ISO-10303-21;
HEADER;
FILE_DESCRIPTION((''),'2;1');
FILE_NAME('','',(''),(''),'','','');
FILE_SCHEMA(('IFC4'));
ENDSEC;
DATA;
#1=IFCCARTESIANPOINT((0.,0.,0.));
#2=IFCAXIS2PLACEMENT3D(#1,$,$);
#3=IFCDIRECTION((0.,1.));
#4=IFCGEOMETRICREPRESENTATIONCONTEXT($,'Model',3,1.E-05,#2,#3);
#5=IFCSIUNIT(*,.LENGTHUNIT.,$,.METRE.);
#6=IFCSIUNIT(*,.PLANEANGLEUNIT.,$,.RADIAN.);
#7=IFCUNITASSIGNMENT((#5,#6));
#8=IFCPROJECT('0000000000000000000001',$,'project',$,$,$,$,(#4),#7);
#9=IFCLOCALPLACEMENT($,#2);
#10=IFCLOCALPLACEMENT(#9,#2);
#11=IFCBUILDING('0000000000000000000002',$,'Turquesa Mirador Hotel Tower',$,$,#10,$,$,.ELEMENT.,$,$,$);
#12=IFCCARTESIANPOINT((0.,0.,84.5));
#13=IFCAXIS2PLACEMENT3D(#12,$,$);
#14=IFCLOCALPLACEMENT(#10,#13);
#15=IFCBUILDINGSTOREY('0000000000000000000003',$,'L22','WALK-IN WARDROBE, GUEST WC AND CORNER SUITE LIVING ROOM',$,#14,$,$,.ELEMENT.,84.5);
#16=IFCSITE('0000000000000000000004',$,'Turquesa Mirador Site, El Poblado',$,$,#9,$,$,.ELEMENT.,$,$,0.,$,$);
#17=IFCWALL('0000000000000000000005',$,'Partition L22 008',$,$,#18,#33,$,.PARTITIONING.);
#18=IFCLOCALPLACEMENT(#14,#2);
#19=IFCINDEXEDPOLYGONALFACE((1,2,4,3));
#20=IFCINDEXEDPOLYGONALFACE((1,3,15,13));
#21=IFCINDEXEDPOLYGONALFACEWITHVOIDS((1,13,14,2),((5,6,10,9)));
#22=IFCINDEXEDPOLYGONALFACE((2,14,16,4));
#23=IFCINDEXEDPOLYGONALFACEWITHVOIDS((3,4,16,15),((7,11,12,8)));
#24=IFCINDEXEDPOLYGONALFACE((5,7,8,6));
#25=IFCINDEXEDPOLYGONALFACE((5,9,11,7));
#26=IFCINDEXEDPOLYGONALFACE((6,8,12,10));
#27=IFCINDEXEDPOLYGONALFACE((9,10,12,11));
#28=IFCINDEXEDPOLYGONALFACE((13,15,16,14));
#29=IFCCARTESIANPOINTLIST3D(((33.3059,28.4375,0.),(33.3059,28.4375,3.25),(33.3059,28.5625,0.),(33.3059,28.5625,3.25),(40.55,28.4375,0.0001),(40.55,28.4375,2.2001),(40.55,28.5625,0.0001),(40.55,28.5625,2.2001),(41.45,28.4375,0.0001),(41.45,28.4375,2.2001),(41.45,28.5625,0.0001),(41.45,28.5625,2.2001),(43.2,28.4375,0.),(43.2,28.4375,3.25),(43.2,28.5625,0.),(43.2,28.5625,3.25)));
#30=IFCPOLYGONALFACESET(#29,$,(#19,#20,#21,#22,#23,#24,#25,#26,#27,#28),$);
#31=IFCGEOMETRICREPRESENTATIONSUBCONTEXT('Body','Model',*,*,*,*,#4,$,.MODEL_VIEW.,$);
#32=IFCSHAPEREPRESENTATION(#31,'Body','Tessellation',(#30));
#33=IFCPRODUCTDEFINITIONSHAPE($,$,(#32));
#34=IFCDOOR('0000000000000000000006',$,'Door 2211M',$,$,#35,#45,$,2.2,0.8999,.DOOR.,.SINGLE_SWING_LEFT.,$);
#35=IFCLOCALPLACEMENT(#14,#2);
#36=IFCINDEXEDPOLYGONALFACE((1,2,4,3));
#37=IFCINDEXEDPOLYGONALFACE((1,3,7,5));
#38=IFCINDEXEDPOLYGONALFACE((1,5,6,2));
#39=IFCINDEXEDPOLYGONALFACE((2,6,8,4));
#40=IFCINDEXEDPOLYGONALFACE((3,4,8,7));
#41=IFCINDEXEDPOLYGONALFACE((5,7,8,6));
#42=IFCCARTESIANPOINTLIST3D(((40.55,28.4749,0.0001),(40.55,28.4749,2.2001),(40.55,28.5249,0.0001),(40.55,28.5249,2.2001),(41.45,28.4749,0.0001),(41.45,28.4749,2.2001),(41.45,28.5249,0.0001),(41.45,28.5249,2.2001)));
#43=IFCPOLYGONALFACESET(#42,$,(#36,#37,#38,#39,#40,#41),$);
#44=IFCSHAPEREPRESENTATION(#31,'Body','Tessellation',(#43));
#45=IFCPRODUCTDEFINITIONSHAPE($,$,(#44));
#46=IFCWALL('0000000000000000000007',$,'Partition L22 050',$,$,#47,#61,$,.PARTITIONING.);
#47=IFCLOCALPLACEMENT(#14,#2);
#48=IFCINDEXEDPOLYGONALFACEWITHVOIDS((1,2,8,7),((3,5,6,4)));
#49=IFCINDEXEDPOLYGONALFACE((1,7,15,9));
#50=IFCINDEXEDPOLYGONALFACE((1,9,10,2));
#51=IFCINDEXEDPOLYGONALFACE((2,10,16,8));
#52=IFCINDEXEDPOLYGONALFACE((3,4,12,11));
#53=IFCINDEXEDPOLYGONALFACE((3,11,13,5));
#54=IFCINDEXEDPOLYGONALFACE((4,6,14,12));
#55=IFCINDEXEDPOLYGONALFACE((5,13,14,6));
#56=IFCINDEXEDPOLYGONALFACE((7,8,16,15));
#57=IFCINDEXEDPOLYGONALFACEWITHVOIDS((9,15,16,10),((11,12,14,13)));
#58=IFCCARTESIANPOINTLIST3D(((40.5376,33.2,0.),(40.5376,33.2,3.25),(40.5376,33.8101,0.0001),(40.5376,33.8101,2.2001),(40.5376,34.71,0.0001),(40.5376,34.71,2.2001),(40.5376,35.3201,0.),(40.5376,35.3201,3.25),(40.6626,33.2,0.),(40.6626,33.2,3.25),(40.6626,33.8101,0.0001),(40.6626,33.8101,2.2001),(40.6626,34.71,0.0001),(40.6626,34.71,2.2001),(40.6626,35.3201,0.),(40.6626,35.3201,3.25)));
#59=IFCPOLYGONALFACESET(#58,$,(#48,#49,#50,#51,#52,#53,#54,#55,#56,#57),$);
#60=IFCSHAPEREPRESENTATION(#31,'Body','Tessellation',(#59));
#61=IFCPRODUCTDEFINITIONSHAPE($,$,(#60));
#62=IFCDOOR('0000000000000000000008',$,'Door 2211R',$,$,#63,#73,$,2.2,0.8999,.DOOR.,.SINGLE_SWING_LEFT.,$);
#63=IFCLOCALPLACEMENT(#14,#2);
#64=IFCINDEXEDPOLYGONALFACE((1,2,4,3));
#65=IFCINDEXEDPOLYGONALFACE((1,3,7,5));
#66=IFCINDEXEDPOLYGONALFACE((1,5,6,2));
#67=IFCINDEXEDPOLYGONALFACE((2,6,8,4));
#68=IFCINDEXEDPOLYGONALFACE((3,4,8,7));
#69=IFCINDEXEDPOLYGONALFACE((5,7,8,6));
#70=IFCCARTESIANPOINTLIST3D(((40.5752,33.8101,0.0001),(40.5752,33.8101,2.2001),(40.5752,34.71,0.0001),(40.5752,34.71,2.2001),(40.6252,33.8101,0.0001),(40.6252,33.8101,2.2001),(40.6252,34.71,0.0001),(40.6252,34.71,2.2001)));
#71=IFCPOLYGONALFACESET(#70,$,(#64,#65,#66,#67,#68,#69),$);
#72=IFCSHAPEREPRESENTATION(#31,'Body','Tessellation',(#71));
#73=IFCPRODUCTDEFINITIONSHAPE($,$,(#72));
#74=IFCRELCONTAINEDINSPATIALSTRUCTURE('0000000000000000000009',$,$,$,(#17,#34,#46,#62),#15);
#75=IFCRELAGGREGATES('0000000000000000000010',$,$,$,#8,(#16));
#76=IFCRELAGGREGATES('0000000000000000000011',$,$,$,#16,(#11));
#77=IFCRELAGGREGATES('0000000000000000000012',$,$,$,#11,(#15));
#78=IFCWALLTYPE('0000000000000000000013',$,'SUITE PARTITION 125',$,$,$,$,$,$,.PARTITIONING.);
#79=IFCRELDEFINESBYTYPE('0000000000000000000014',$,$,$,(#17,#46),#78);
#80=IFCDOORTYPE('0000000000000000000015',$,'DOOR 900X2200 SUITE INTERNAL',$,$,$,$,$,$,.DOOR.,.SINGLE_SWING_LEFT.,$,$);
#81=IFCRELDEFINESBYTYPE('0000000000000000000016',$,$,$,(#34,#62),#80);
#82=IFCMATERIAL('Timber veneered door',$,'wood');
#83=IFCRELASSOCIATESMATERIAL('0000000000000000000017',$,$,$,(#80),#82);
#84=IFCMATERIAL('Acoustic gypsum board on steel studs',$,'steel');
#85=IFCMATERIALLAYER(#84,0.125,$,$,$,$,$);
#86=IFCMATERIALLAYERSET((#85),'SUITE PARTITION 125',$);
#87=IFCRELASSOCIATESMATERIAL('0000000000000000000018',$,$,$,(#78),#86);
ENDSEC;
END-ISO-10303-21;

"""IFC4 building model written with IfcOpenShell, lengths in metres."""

from ifc_helpers import new_model, si_unit, direction, frame, frame_2d, origin, place, context, subcontext, project, spatial, rectangle, extrude, material, layer, layer_set, type_object, element, fill, save


model = new_model("IFC4")

# Units and contexts
model_context = context("Model", 3, precision=1e-05, world=origin(), true_north=direction((0.0, 1.0)))
body_context = subcontext(model_context, "Body", "Model", "MODEL_VIEW")
ifc_project = project(units=[si_unit("LENGTHUNIT", "METRE"), si_unit("PLANEANGLEUNIT", "RADIAN")], contexts=[model_context])

# Site, building, storey
site_placement = place(None, origin())
site = spatial("IfcSite", under=ifc_project, at=site_placement, Name="Turquesa Mirador Site, El Poblado", CompositionType="ELEMENT", RefElevation=0.0)
building_placement = place(site_placement, origin())
building = spatial("IfcBuilding", under=site, at=building_placement, Name="Turquesa Mirador Hotel Tower", CompositionType="ELEMENT")
storey_placement = place(building_placement, frame((0.0, 0.0, 84.5)))
storey = spatial("IfcBuildingStorey", under=building, at=storey_placement, Name="L22", Description="WALK-IN WARDROBE, GUEST WC AND CORNER SUITE LIVING ROOM", CompositionType="ELEMENT", Elevation=84.5)

# Shared definitions
ifc_material_1 = material(Name="Timber veneered door", Category="wood")
door_type_1 = type_object("IfcDoorType", Name="DOOR 900X2200 SUITE INTERNAL", OperationType="SINGLE_SWING_LEFT", PredefinedType="DOOR", material=ifc_material_1)

# Walls, openings, doors
ifc_material_2 = material(Name="Acoustic gypsum board on steel studs", Category="steel")
ifc_layer_1 = layer(ifc_material_2, 0.125)
ifc_layer_set_1 = layer_set([ifc_layer_1], Name="SUITE PARTITION 125")
wall_type_1 = type_object("IfcWallType", Name="SUITE PARTITION 125", PredefinedType="PARTITIONING", material=ifc_layer_set_1)
wall_1_placement = place(storey_placement, frame((33.3059, 28.5, 0.0), z_axis=(0.0, 0.0, 1.0), x_axis=(1.0, 0.0, 0.0)))
wall_1 = element("IfcWall", 1, at=wall_1_placement, inside=storey, type_object=wall_type_1, Name="Partition L22 008", PredefinedType="PARTITIONING", context=body_context, shape_type="SweptSolid", body=[
    extrude(rectangle(XDim=9.894, YDim=0.125, at=frame_2d((4.947, 0.0))), origin(), (0.0, 0.0, 1.0), 3.25),
])
opening_1_placement = place(wall_1_placement, frame((7.2441, 0.0, 0.0)))
opening_1 = element("IfcOpeningElement", 2, at=opening_1_placement, cuts=wall_1, PredefinedType="OPENING", context=body_context, shape_type="SweptSolid", body=[
    extrude(rectangle(XDim=0.8999, YDim=2.2, at=frame_2d((0.45, 1.1001))), frame((0.0, 0.0725, 0.0), z_axis=(0.0, -1.0, 0.0), x_axis=(1.0, 0.0, 0.0)), (0.0, 0.0, 1.0), 0.145),
])
door_1_placement = place(opening_1_placement, origin())
door_1 = element("IfcDoor", 3, at=door_1_placement, inside=storey, type_object=door_type_1, Name="Door 2211M", OperationType="SINGLE_SWING_LEFT", OverallHeight=2.2, OverallWidth=0.8999, PredefinedType="DOOR", context=body_context, shape_type="SweptSolid", body=[
    extrude(rectangle(XDim=0.8999, YDim=2.2, at=frame_2d((0.45, 1.1001))), frame((0.0, 0.0249, 0.0), z_axis=(0.0, -1.0, 0.0), x_axis=(1.0, 0.0, 0.0)), (0.0, 0.0, 1.0), 0.05),
])
fill(opening_1, door_1)
wall_2_placement = place(storey_placement, frame((40.6001, 33.2, 0.0), z_axis=(0.0, 0.0, 1.0), x_axis=(0.0, 1.0, 0.0)))
wall_2 = element("IfcWall", 4, at=wall_2_placement, inside=storey, type_object=wall_type_1, Name="Partition L22 050", PredefinedType="PARTITIONING", context=body_context, shape_type="SweptSolid", body=[
    extrude(rectangle(XDim=2.1201, YDim=0.125, at=frame_2d((1.0601, 0.0))), origin(), (0.0, 0.0, 1.0), 3.25),
])
opening_2_placement = place(wall_2_placement, frame((0.6101, 0.0, 0.0)))
opening_2 = element("IfcOpeningElement", 5, at=opening_2_placement, cuts=wall_2, PredefinedType="OPENING", context=body_context, shape_type="SweptSolid", body=[
    extrude(rectangle(XDim=0.8999, YDim=2.2, at=frame_2d((0.45, 1.1001))), frame((0.0, 0.0725, 0.0), z_axis=(0.0, -1.0, 0.0), x_axis=(1.0, 0.0, 0.0)), (0.0, 0.0, 1.0), 0.145),
])
door_2_placement = place(opening_2_placement, origin())
door_2 = element("IfcDoor", 6, at=door_2_placement, inside=storey, type_object=door_type_1, Name="Door 2211R", OperationType="SINGLE_SWING_LEFT", OverallHeight=2.2, OverallWidth=0.8999, PredefinedType="DOOR", context=body_context, shape_type="SweptSolid", body=[
    extrude(rectangle(XDim=0.8999, YDim=2.2, at=frame_2d((0.45, 1.1001))), frame((0.0, 0.0249, 0.0), z_axis=(0.0, -1.0, 0.0), x_axis=(1.0, 0.0, 0.0)), (0.0, 0.0, 1.0), 0.05),
])
fill(opening_2, door_2)

save(model, "model.ifc")
